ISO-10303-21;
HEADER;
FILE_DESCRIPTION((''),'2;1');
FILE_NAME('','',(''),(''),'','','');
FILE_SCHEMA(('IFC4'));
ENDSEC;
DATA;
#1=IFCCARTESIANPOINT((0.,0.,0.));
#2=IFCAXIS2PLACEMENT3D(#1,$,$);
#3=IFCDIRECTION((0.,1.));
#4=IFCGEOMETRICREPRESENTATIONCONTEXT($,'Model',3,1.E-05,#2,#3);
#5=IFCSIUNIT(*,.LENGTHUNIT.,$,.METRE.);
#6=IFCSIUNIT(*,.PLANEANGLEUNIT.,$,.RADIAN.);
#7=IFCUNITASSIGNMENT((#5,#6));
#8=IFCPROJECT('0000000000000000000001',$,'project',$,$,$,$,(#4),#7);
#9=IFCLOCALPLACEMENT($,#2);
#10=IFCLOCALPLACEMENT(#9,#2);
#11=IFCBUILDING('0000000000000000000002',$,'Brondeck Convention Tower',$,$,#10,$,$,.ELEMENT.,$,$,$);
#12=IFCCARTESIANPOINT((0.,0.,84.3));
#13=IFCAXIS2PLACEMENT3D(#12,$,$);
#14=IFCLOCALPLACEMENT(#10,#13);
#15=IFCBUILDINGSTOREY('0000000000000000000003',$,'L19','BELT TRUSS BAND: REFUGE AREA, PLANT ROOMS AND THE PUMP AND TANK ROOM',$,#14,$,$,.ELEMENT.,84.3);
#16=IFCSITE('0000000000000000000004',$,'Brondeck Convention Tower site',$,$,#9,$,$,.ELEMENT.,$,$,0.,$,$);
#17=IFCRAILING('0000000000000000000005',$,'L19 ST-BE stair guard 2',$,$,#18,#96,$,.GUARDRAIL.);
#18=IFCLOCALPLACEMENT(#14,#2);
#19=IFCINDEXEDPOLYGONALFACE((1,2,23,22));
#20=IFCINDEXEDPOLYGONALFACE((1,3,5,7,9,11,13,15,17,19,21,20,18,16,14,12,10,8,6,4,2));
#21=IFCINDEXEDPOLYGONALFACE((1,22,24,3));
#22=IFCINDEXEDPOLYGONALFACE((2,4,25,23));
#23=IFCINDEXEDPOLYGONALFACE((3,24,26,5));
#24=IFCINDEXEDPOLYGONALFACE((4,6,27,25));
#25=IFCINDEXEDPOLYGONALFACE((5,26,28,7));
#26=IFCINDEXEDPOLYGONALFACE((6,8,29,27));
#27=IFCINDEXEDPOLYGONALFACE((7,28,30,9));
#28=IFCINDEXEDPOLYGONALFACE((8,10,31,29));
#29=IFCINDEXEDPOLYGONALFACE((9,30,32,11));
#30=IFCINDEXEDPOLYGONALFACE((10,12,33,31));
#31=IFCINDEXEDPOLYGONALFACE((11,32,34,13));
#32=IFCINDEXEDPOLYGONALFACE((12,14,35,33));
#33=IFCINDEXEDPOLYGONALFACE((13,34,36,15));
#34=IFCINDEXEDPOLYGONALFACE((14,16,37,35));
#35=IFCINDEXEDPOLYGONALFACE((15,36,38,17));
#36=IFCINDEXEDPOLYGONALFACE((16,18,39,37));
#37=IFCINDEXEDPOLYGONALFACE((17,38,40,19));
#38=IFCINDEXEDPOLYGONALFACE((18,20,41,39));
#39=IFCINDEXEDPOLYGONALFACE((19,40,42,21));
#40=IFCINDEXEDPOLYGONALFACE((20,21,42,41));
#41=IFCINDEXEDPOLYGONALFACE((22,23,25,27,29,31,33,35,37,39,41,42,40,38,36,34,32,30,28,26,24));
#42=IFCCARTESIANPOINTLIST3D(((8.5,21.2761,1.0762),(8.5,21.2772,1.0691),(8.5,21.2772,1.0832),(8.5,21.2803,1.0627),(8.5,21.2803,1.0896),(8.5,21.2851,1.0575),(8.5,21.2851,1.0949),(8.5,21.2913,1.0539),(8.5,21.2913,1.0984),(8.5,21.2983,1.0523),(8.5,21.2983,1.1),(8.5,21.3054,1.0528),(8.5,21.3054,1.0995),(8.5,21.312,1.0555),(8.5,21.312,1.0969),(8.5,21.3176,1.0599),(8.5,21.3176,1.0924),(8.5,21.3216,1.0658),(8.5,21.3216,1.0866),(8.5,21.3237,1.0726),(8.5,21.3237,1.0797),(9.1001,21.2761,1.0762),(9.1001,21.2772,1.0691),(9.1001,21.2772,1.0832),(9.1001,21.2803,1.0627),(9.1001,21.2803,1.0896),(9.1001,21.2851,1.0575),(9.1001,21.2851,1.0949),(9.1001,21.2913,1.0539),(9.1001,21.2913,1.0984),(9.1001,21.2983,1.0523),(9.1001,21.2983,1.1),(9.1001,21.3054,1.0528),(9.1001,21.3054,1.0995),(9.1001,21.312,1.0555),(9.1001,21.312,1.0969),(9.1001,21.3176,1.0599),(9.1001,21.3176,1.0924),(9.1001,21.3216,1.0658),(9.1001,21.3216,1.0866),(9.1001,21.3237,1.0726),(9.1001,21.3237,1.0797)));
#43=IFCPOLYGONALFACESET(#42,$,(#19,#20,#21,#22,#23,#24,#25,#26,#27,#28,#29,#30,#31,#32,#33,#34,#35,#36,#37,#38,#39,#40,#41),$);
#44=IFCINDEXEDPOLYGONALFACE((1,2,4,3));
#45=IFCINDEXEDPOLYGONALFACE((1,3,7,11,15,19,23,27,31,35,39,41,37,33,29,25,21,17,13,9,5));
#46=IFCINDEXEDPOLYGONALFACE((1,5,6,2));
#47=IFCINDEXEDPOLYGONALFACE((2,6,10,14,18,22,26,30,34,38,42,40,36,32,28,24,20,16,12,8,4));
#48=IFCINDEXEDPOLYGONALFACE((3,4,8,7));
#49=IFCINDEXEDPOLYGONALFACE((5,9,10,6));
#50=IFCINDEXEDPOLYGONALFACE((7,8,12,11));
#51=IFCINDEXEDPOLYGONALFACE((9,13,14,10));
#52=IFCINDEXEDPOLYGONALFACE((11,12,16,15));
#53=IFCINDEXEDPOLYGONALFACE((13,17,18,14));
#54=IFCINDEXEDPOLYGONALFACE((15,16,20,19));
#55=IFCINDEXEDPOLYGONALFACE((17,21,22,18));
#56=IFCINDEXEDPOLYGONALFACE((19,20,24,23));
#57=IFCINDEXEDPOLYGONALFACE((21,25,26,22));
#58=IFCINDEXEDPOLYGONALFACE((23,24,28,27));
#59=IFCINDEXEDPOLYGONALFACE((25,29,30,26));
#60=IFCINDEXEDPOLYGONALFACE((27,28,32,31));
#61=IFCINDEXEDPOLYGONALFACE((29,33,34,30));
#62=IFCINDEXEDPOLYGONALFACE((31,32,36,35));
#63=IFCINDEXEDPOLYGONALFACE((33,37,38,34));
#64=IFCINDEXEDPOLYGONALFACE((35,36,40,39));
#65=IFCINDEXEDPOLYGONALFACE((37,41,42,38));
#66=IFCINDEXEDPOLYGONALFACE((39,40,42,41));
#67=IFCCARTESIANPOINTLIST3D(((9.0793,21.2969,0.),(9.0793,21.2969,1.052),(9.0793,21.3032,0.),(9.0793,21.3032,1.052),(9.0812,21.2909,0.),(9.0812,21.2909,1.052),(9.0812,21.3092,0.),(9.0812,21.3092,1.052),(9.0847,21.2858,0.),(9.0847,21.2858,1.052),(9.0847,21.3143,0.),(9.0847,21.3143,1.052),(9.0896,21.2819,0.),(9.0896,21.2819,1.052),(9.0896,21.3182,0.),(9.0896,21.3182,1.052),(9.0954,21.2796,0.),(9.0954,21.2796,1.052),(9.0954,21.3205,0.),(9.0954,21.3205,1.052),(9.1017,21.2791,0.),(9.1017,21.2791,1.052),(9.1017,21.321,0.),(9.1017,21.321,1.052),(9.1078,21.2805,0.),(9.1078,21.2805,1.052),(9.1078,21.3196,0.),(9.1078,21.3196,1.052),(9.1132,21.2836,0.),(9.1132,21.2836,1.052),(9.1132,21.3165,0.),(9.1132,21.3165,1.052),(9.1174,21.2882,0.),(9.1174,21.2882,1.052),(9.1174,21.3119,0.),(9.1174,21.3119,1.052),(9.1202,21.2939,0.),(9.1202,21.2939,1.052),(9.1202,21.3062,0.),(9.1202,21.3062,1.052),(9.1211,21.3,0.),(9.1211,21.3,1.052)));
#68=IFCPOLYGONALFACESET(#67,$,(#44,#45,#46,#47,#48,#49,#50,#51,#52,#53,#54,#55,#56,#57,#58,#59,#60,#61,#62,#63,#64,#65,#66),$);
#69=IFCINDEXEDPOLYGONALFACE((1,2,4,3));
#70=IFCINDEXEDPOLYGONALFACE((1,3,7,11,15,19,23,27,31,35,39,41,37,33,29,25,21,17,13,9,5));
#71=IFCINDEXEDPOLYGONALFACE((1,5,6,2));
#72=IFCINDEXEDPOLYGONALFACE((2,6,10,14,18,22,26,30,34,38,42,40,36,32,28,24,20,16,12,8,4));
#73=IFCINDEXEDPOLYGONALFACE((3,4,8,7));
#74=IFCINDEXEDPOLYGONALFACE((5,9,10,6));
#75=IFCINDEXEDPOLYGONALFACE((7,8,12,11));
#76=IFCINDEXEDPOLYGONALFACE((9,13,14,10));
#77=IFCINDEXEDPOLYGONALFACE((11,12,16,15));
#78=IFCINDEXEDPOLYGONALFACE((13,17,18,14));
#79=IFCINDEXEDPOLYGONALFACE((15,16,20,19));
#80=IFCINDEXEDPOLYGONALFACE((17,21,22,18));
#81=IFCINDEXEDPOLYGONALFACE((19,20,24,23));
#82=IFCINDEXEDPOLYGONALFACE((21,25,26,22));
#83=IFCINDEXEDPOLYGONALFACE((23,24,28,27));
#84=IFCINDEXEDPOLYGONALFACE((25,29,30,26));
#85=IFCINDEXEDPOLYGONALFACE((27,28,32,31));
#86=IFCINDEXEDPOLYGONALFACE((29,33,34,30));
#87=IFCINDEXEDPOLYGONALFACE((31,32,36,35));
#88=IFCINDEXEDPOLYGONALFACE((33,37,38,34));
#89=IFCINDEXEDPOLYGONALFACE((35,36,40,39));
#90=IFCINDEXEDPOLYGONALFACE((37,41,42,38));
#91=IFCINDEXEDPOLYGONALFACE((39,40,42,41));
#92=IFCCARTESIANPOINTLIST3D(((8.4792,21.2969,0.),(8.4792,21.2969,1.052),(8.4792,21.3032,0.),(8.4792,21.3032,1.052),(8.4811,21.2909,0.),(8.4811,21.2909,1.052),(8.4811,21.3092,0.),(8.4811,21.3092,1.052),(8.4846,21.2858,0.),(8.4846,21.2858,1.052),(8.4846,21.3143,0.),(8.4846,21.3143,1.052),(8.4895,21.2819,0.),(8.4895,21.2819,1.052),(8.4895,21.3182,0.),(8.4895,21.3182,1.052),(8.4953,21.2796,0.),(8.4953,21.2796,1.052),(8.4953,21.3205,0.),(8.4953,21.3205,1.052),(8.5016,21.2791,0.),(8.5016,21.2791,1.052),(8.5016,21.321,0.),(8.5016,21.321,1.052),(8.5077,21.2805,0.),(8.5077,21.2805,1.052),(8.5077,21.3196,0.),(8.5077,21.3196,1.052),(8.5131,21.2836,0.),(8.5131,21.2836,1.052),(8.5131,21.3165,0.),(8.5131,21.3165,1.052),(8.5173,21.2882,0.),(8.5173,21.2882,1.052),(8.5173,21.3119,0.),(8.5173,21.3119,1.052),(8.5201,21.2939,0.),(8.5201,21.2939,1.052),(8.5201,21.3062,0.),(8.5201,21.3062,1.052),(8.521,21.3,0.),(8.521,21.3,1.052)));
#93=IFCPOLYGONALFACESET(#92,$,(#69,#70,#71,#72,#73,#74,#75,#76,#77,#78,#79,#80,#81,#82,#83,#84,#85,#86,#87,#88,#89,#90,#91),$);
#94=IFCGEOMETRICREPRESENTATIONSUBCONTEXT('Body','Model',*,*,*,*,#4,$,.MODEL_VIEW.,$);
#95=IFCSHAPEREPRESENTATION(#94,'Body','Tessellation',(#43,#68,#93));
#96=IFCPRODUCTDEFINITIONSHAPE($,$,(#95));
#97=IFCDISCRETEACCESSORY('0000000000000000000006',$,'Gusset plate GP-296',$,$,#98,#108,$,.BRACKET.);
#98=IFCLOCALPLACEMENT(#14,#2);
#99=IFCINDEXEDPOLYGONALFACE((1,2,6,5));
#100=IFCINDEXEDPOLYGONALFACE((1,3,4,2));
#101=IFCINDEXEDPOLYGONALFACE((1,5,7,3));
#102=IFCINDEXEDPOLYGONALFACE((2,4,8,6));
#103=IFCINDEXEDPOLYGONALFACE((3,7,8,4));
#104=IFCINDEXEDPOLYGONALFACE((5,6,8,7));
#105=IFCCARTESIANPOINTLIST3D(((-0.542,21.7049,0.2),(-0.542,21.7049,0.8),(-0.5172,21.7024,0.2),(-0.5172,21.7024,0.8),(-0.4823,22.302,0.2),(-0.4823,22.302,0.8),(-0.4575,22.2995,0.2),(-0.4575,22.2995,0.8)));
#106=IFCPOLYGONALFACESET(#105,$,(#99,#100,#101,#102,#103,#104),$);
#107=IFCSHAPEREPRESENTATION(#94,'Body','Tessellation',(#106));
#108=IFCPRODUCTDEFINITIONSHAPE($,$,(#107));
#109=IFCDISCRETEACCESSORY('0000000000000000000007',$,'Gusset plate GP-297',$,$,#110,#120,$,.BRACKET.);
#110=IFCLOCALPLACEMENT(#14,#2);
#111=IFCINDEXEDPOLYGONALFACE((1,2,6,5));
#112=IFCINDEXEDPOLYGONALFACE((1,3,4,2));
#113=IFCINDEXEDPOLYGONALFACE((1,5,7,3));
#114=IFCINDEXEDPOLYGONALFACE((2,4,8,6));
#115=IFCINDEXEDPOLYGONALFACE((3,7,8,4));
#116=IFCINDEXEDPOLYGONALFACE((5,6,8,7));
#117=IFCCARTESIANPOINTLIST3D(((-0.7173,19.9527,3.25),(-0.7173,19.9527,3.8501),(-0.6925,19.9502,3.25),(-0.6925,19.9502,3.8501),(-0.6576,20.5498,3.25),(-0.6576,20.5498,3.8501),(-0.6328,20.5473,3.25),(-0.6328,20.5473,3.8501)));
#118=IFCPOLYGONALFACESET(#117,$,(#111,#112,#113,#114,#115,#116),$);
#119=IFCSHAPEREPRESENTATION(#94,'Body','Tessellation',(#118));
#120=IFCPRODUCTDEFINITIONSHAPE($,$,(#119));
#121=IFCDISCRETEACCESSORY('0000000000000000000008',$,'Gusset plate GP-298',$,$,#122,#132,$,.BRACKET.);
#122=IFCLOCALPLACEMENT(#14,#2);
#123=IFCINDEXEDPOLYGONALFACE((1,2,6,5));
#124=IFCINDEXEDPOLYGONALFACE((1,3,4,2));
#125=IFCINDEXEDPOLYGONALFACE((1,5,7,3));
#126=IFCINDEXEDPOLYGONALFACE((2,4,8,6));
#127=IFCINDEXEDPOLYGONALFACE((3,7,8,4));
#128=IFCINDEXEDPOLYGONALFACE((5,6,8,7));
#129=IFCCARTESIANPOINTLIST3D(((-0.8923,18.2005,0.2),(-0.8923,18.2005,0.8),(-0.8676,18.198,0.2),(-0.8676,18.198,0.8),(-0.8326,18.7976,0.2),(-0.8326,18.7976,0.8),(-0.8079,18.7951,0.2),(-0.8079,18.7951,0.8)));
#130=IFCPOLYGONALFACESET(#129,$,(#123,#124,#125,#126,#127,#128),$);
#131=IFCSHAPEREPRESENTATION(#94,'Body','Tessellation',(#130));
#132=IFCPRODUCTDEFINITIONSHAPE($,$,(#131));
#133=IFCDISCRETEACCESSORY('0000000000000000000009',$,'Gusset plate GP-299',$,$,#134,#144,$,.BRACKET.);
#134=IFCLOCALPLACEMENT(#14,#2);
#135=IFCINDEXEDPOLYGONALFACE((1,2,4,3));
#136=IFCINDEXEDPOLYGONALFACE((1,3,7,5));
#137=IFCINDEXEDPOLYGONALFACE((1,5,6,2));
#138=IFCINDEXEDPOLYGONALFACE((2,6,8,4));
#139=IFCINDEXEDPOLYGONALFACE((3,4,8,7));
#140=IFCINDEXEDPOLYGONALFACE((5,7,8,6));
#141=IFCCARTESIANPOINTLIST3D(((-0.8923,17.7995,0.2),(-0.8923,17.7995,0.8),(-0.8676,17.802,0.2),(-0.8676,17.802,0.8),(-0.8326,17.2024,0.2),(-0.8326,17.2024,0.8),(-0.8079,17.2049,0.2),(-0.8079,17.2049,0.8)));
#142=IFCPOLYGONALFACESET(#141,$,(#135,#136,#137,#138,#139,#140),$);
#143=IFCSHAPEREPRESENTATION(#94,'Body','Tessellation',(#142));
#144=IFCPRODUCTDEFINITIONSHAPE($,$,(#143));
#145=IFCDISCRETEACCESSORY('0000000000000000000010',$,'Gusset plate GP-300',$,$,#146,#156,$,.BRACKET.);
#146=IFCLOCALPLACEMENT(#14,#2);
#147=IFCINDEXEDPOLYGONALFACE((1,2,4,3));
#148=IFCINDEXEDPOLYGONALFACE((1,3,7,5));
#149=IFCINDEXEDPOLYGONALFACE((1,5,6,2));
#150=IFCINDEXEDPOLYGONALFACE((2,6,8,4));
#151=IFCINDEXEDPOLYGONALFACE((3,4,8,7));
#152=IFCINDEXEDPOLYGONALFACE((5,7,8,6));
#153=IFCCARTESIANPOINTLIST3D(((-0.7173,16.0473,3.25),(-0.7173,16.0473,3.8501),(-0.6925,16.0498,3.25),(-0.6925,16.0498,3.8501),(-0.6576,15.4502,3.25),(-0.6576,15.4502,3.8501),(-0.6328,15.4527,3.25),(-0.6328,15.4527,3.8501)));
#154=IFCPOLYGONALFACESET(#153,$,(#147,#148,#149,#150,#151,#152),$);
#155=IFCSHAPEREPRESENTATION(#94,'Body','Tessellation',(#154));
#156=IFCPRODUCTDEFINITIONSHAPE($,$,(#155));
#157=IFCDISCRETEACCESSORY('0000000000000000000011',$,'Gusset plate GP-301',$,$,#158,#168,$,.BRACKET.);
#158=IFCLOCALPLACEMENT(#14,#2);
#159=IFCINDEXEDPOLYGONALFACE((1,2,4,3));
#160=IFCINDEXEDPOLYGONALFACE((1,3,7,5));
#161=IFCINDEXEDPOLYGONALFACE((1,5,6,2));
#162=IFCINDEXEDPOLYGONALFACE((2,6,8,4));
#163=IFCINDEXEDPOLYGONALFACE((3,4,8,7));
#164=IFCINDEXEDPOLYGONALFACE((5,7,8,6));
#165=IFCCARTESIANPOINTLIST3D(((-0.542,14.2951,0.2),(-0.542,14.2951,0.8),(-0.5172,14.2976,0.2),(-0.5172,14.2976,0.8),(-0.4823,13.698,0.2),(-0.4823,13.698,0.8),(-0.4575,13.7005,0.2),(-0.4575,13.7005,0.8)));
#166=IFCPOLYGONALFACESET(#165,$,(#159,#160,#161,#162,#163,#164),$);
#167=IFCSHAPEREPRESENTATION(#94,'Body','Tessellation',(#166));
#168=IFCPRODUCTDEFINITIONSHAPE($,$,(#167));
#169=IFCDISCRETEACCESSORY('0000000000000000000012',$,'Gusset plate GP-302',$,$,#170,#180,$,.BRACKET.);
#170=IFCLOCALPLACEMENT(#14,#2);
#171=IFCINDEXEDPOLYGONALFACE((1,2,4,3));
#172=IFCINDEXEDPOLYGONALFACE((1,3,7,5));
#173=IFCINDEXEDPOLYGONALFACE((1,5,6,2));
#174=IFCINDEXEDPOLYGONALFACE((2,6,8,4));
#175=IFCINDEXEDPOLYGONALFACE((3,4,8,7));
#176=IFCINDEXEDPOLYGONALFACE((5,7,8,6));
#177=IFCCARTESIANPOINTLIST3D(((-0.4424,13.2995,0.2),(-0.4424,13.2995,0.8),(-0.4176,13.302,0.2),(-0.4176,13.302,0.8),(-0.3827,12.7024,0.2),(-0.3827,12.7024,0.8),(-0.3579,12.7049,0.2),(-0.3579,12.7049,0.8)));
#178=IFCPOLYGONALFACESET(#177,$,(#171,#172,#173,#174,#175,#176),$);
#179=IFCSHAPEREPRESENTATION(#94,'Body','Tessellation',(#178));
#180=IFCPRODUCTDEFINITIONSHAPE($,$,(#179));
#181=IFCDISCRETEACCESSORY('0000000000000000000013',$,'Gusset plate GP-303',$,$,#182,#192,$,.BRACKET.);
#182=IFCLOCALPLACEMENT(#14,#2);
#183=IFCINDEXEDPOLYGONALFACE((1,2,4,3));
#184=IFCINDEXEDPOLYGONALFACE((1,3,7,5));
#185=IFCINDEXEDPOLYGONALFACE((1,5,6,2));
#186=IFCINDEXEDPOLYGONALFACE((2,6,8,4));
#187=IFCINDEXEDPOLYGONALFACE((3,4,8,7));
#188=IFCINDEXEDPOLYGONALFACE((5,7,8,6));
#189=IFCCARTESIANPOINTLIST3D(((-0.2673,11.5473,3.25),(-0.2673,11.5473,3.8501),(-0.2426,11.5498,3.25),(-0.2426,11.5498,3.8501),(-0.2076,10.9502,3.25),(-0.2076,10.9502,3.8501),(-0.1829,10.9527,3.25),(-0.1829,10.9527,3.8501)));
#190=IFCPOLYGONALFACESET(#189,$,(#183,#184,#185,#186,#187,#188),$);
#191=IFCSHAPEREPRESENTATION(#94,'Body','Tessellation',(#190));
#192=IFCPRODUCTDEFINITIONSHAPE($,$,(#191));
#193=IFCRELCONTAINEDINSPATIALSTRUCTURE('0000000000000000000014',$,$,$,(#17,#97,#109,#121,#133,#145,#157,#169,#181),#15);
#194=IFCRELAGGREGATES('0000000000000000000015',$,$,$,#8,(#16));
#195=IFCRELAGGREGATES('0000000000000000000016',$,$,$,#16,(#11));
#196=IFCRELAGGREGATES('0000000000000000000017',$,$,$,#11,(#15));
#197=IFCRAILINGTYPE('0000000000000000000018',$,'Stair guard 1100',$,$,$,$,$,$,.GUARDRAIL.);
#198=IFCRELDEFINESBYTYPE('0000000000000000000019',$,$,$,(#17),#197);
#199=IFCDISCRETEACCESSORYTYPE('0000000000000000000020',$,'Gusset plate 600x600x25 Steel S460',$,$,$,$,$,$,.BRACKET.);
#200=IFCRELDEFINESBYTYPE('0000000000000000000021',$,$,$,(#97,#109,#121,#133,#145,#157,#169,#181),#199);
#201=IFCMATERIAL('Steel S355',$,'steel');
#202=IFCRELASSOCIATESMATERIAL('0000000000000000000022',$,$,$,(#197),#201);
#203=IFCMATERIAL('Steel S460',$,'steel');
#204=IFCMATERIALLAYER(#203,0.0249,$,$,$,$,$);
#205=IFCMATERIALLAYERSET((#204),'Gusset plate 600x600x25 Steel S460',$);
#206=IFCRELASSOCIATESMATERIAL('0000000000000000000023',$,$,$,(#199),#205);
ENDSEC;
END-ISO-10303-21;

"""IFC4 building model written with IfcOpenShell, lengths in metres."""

from ifc_helpers import new_model, si_unit, direction, frame, origin, origin_2d, place, context, subcontext, project, spatial, rectangle, circle, extrude, material, layer, layer_set, type_object, element, save


model = new_model("IFC4")

# Units and contexts
model_context = context("Model", 3, precision=1e-05, world=origin(), true_north=direction((0.0, 1.0)))
body_context = subcontext(model_context, "Body", "Model", "MODEL_VIEW")
ifc_project = project(units=[si_unit("LENGTHUNIT", "METRE"), si_unit("PLANEANGLEUNIT", "RADIAN")], contexts=[model_context])

# Site, building, storey
site_placement = place(None, origin())
site = spatial("IfcSite", under=ifc_project, at=site_placement, Name="Brondeck Convention Tower site", CompositionType="ELEMENT", RefElevation=0.0)
building_placement = place(site_placement, origin())
building = spatial("IfcBuilding", under=site, at=building_placement, Name="Brondeck Convention Tower", CompositionType="ELEMENT")
storey_placement = place(building_placement, frame((0.0, 0.0, 84.3)))
storey = spatial("IfcBuildingStorey", under=building, at=storey_placement, Name="L19", Description="BELT TRUSS BAND: REFUGE AREA, PLANT ROOMS AND THE PUMP AND TANK ROOM", CompositionType="ELEMENT", Elevation=84.3)

# Shared definitions
ifc_material_1 = material(Name="Steel S460", Category="steel")

# Shared definitions
ifc_material_2 = material(Name="Steel S355", Category="steel")

# Railing
railing_type = type_object("IfcRailingType", Name="Stair guard 1100", PredefinedType="GUARDRAIL", material=ifc_material_2)
railing_placement = place(storey_placement, frame((9.1001, 21.3, 0.0)))
element("IfcRailing", 1, at=railing_placement, inside=storey, type_object=railing_type, Name="L19 ST-BE stair guard 2", PredefinedType="GUARDRAIL", context=body_context, shape_type="SweptSolid", body=[
    extrude(circle(Radius=0.0239, at=origin_2d()), frame((0.0, 0.0, 1.0762), z_axis=(-1.0, 0.0, 0.0), x_axis=(0.0, -1.0, 0.0)), (0.0, 0.0, 1.0), 0.6001),
    extrude(circle(Radius=0.021, at=origin_2d()), origin(), (0.0, 0.0, 1.0), 1.052),
    extrude(circle(Radius=0.021, at=origin_2d()), frame((-0.6001, 0.0, 0.0)), (0.0, 0.0, 1.0), 1.052),
])

# Discrete accessories
ifc_layer_1 = layer(ifc_material_1, 0.0249)
ifc_layer_set_1 = layer_set([ifc_layer_1], Name="Gusset plate 600x600x25 Steel S460")
discrete_accessory_type = type_object("IfcDiscreteAccessoryType", Name="Gusset plate 600x600x25 Steel S460", PredefinedType="BRACKET", material=ifc_layer_set_1)
for number, where, z_axis, x_axis, name in (
    (2, (-0.4998, 22.0022, 0.2), (0.0, 0.0, 1.0), (0.099511, 0.995036, 0.0), "Gusset plate GP-296"),
    (3, (-0.675, 20.25, 3.25), (0.0, 0.0, 1.0), (0.099511, 0.995036, 0.0), "Gusset plate GP-297"),
    (4, (-0.8501, 18.4978, 0.2), (0.0, 0.0, 1.0), (0.099511, 0.995036, 0.0), "Gusset plate GP-298"),
    (5, (-0.8501, 17.5022, 0.2), (0.0, 0.0, 1.0), (-0.099511, 0.995036, 0.0), "Gusset plate GP-299"),
    (6, (-0.675, 15.75, 3.25), (0.0, 0.0, 1.0), (-0.099511, 0.995036, 0.0), "Gusset plate GP-300"),
    (7, (-0.4998, 13.9978, 0.2), (0.0, 0.0, 1.0), (-0.099511, 0.995036, 0.0), "Gusset plate GP-301"),
    (8, (-0.4001, 13.0022, 0.2), (0.0, 0.0, 1.0), (-0.099511, 0.995036, 0.0), "Gusset plate GP-302"),
    (9, (-0.2251, 11.25, 3.25), (0.0, 0.0, 1.0), (-0.099511, 0.995036, 0.0), "Gusset plate GP-303"),
):
    element("IfcDiscreteAccessory", number, at=place(storey_placement, frame(where, z_axis=z_axis, x_axis=x_axis)), inside=storey, type_object=discrete_accessory_type, Name=name, PredefinedType="BRACKET", context=body_context, shape_type="SweptSolid", body=[
        extrude(rectangle(XDim=0.6001, YDim=0.0249, at=origin_2d()), origin(), (0.0, 0.0, 1.0), 0.6001),
    ])

save(model, "model.ifc")
